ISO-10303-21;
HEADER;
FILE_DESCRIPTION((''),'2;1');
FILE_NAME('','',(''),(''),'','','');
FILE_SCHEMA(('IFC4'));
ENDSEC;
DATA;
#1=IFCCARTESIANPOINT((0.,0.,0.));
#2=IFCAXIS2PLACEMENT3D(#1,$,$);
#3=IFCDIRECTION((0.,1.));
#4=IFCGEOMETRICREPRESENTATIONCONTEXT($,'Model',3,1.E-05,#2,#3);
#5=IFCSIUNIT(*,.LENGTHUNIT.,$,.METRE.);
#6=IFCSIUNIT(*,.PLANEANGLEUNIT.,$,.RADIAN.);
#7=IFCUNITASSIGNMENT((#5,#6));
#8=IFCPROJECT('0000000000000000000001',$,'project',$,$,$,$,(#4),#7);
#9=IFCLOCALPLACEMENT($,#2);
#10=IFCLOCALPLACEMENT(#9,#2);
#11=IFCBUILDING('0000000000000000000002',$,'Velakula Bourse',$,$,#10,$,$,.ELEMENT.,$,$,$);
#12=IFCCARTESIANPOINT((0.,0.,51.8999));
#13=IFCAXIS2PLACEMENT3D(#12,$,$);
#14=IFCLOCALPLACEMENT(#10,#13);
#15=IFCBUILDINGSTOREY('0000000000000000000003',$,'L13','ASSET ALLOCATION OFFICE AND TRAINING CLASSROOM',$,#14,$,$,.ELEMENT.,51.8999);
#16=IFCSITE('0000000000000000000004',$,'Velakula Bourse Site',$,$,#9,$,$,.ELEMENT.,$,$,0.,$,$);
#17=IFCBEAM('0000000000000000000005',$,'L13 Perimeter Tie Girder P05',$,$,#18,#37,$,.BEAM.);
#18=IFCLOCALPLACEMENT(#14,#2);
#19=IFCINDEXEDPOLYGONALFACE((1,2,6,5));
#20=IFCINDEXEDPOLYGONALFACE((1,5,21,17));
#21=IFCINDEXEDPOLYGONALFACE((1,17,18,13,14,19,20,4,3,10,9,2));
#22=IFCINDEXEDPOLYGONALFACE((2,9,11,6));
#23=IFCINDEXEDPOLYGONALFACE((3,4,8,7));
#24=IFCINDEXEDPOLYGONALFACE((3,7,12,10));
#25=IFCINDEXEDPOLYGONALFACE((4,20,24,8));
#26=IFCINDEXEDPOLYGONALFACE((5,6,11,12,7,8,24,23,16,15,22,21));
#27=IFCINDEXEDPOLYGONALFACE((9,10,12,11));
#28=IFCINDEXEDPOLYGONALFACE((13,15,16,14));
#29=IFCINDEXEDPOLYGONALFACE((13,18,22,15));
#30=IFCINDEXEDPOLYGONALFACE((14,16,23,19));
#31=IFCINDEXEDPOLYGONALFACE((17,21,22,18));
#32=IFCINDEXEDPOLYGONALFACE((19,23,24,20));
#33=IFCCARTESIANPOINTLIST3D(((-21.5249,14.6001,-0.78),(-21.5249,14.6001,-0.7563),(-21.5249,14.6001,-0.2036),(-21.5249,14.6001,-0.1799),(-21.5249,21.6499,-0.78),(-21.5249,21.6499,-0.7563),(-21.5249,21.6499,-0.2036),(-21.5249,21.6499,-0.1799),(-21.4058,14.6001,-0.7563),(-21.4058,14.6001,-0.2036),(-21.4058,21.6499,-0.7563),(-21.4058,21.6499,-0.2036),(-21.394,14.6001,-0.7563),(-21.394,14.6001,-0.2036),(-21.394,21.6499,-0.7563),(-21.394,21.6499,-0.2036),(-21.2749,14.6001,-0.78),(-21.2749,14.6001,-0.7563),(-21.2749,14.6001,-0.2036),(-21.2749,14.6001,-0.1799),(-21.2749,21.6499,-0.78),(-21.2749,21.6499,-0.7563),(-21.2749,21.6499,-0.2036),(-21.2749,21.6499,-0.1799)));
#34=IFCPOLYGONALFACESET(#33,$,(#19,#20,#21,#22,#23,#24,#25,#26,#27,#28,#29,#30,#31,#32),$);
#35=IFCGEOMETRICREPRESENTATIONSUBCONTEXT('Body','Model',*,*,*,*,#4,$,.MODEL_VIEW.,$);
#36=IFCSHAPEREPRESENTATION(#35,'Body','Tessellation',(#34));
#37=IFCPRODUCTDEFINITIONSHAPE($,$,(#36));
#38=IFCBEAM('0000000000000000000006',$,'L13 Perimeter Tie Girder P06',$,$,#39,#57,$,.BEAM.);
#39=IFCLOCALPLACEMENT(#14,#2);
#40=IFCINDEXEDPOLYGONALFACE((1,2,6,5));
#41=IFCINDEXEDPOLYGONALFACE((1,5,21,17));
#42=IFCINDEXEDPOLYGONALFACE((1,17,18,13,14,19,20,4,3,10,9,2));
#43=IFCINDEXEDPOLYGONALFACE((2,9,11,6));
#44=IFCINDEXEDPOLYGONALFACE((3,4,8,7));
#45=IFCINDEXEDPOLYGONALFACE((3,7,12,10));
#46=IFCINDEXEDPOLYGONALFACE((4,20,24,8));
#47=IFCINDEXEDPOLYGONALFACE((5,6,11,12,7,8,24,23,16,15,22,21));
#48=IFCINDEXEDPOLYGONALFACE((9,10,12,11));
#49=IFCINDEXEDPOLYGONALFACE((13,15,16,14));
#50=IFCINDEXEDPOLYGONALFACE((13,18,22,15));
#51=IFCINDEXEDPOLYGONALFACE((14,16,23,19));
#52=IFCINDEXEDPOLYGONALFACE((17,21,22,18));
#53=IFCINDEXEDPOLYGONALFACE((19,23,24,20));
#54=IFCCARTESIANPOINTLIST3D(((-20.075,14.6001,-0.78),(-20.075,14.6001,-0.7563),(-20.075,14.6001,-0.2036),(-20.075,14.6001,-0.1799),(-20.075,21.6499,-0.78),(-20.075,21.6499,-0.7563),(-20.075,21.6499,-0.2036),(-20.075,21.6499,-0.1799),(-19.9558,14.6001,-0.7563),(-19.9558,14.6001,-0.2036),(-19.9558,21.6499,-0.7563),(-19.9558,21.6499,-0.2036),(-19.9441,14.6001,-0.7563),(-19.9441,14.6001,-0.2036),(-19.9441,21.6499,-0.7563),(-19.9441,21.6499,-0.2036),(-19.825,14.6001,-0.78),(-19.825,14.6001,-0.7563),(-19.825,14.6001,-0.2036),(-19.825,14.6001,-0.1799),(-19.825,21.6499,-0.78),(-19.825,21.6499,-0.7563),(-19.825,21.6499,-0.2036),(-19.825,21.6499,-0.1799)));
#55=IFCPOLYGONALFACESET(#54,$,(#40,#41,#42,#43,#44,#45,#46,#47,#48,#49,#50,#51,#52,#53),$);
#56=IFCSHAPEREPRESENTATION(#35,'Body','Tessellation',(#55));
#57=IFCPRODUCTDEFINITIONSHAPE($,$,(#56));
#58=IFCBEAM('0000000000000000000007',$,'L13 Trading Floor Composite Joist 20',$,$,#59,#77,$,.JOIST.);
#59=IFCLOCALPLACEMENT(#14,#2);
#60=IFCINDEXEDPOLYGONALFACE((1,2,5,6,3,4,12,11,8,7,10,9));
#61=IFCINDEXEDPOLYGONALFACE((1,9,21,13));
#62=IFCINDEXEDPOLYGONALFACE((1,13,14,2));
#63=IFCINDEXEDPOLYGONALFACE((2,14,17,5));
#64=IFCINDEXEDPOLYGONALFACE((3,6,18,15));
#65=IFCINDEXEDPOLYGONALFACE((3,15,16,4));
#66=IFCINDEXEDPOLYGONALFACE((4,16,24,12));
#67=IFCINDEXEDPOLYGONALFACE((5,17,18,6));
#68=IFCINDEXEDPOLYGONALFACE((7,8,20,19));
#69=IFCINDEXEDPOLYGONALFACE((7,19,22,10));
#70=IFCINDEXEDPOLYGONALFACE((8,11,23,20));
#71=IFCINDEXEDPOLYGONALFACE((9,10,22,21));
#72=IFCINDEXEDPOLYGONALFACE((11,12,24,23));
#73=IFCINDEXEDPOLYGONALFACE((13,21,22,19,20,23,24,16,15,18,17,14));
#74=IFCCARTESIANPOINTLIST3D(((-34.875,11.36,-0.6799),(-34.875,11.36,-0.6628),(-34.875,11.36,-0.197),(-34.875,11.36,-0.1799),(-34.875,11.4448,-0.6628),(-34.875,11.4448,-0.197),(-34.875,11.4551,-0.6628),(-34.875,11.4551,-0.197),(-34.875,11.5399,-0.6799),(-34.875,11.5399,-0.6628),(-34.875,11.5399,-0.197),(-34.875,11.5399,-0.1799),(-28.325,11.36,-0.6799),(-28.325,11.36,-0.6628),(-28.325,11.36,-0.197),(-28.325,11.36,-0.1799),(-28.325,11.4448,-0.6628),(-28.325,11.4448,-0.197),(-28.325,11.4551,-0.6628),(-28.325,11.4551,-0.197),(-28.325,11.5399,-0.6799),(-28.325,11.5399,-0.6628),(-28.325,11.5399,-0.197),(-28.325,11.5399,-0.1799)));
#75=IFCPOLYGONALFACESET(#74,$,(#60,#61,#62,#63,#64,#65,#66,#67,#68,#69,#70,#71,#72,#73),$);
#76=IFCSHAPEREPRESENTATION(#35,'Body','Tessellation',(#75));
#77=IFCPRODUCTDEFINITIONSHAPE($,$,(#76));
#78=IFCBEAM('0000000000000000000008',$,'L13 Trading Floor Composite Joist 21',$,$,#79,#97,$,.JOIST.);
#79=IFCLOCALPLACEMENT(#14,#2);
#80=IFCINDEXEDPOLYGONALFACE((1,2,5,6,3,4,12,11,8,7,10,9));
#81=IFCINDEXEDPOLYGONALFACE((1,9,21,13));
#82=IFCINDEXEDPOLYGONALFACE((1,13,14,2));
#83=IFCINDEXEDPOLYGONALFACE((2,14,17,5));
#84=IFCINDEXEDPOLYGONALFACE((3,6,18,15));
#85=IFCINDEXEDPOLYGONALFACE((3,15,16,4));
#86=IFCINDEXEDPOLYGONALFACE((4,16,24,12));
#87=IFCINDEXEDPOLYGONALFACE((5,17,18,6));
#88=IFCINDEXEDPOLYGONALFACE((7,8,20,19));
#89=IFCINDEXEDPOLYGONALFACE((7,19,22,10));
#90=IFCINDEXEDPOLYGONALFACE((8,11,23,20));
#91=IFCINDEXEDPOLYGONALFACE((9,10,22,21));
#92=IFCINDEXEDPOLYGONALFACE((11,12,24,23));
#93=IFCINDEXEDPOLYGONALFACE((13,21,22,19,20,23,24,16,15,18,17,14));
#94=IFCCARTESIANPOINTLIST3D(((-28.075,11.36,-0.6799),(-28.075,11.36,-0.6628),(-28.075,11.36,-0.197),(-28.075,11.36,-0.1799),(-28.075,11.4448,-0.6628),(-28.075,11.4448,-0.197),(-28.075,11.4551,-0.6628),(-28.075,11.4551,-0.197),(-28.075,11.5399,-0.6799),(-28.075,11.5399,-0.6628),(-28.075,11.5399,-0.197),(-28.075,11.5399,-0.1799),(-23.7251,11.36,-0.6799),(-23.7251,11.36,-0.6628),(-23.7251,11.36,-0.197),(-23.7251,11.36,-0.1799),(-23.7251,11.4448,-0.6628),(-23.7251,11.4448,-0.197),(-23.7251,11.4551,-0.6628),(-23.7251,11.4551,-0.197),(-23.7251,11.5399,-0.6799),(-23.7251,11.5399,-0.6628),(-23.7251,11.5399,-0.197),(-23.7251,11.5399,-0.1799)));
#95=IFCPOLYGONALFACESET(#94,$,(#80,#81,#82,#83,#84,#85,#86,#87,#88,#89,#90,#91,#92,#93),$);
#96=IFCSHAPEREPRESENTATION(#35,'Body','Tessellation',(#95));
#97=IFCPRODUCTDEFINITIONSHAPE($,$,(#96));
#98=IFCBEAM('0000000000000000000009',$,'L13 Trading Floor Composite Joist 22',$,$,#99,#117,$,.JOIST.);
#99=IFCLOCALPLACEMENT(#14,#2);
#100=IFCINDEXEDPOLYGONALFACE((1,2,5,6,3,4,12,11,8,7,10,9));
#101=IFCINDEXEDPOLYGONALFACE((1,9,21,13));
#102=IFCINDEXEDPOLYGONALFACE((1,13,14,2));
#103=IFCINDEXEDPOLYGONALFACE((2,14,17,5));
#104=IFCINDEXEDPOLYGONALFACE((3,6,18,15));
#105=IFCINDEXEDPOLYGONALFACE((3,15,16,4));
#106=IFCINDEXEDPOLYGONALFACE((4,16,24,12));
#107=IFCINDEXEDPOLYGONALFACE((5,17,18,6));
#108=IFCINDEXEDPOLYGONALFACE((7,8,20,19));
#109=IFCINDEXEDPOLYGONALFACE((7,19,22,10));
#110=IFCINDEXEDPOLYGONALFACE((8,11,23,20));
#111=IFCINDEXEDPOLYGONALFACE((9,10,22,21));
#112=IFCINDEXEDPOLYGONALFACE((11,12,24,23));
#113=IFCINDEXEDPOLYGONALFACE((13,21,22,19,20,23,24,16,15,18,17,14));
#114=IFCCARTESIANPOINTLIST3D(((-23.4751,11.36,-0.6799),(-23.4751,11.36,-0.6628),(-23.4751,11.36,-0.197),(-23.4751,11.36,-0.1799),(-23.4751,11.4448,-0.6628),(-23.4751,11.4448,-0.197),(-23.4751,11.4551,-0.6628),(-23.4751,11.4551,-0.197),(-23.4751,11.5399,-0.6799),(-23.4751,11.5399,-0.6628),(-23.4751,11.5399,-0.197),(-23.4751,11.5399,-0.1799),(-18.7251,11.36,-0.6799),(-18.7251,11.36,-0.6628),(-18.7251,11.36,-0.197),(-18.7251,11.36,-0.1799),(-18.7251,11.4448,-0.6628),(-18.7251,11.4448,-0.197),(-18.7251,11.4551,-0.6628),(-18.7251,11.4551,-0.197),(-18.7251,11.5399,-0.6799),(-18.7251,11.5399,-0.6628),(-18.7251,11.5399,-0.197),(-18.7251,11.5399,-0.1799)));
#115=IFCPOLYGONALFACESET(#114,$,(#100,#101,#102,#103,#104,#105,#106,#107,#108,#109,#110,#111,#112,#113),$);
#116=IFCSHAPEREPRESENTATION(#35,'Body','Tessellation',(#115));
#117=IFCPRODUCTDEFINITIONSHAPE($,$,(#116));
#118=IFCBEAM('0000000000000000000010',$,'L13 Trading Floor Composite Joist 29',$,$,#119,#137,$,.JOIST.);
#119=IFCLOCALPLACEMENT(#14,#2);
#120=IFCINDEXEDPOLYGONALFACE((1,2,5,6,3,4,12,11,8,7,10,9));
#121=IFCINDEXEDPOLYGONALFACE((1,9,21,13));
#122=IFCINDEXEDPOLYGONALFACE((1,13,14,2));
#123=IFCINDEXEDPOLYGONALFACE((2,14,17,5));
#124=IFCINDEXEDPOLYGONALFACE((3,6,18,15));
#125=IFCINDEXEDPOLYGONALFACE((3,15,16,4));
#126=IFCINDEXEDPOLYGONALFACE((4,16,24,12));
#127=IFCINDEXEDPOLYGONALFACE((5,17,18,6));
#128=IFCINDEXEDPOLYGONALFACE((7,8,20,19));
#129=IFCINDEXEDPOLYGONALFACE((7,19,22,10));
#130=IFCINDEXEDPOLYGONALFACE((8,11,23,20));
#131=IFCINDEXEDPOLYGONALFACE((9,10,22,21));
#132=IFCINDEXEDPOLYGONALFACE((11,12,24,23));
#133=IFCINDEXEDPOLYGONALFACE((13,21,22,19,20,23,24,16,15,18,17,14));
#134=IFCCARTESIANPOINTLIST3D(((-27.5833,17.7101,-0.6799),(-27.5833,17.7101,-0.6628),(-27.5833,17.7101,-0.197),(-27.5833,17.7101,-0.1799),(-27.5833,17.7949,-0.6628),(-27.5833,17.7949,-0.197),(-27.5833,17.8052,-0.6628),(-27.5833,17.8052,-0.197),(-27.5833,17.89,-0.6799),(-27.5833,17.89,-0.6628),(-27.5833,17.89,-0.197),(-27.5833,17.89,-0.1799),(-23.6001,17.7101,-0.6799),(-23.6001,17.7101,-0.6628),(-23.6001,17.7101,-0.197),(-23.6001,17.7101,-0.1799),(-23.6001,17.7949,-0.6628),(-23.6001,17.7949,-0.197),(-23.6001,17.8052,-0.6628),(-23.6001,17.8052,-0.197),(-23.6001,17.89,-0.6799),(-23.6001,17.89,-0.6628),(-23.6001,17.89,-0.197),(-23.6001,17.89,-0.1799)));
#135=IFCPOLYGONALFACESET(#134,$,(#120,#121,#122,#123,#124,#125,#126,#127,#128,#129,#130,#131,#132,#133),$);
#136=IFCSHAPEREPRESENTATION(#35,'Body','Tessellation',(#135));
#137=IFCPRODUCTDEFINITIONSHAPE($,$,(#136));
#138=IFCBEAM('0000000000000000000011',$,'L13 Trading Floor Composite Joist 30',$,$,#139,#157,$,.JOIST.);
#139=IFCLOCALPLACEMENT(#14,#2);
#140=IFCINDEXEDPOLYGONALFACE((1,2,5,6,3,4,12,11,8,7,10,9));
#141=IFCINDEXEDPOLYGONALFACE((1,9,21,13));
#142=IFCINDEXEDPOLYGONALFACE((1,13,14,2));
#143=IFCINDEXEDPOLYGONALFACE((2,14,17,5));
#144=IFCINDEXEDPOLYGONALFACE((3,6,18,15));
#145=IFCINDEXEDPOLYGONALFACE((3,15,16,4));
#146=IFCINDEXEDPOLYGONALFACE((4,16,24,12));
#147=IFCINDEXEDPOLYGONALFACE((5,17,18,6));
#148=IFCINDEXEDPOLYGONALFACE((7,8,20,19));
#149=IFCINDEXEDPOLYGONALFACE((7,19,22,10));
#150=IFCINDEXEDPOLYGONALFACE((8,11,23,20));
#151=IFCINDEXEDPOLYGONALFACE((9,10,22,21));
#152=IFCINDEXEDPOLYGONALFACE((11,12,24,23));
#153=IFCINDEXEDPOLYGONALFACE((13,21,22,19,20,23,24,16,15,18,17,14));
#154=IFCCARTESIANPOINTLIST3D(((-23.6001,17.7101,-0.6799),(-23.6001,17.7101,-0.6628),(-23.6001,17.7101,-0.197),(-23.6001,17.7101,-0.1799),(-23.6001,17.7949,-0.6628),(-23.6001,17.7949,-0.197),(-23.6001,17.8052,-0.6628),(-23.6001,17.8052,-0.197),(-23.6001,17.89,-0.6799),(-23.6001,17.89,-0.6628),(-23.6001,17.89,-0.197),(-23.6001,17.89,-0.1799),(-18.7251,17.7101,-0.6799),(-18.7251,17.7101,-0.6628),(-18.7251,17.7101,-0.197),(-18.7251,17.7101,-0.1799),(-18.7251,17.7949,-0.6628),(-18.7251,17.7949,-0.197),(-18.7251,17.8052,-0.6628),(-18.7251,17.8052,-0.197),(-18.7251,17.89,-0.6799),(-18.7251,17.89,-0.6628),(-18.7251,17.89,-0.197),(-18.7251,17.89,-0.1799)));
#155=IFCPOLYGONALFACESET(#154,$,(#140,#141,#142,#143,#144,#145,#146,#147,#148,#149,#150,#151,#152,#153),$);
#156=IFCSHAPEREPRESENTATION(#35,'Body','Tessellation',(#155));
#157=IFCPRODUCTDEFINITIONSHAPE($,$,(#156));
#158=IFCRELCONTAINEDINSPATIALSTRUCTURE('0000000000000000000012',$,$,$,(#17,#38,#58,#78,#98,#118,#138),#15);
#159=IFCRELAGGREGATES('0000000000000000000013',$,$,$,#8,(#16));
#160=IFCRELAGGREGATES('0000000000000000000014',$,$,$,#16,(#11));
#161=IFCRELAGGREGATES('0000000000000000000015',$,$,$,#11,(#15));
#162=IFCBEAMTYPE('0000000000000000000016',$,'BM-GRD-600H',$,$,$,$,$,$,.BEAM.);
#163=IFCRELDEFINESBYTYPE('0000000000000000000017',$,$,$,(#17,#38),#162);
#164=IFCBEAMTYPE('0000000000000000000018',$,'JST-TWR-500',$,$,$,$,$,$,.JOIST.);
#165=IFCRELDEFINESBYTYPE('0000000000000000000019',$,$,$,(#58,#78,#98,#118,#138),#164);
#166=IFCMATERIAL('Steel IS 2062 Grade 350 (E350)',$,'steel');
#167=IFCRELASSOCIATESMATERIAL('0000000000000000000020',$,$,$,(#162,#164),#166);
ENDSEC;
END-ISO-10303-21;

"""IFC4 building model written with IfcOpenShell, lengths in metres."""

from ifc_helpers import new_model, si_unit, direction, frame, origin, origin_2d, place, context, subcontext, project, spatial, i_section, extrude, material, material_profile, profile_set, type_object, element, save


model = new_model("IFC4")

# Units and contexts
model_context = context("Model", 3, precision=1e-05, world=origin(), true_north=direction((0.0, 1.0)))
body_context = subcontext(model_context, "Body", "Model", "MODEL_VIEW")
ifc_project = project(units=[si_unit("LENGTHUNIT", "METRE"), si_unit("PLANEANGLEUNIT", "RADIAN")], contexts=[model_context])

# Site, building, storey
site_placement = place(None, origin())
site = spatial("IfcSite", under=ifc_project, at=site_placement, Name="Velakula Bourse Site", CompositionType="ELEMENT", RefElevation=0.0)
building_placement = place(site_placement, origin())
building = spatial("IfcBuilding", under=site, at=building_placement, Name="Velakula Bourse", CompositionType="ELEMENT")
storey_placement = place(building_placement, frame((0.0, 0.0, 51.8999)))
storey = spatial("IfcBuildingStorey", under=building, at=storey_placement, Name="L13", Description="ASSET ALLOCATION OFFICE AND TRAINING CLASSROOM", CompositionType="ELEMENT", Elevation=51.8999)

# Beams
ifc_material_1 = material(Name="Steel IS 2062 Grade 350 (E350)", Category="steel")
ifc_material_profile_1 = material_profile(ifc_material_1, i_section(OverallWidth=0.25, OverallDepth=0.6001, WebThickness=0.0117, FlangeThickness=0.0237, at=origin_2d()), Name="Steel IS 2062 Grade 350 (E350)")
ifc_profile_set_1 = profile_set([ifc_material_profile_1], Name="Steel IS 2062 Grade 350 (E350)")
beam_type_1 = type_object("IfcBeamType", Name="BM-GRD-600H", PredefinedType="BEAM", material=ifc_profile_set_1)
for number, where, z_axis, x_axis, name in (
    (1, (-21.3999, 14.6001, -0.48), (0.0, 1.0, 0.0), (-1.0, 0.0, 0.0), "L13 Perimeter Tie Girder P05"),
    (2, (-19.95, 14.6001, -0.48), (0.0, 1.0, 0.0), (-1.0, 0.0, 0.0), "L13 Perimeter Tie Girder P06"),
):
    element("IfcBeam", number, at=place(storey_placement, frame(where, z_axis=z_axis, x_axis=x_axis)), inside=storey, type_object=beam_type_1, Name=name, PredefinedType="BEAM", context=body_context, shape_type="SweptSolid", body=[
        extrude(i_section(OverallWidth=0.25, OverallDepth=0.6001, WebThickness=0.0117, FlangeThickness=0.0237, at=origin_2d()), origin(), (0.0, 0.0, 1.0), 7.0498),
    ])
ifc_material_profile_2 = material_profile(ifc_material_1, i_section(OverallWidth=0.1799, OverallDepth=0.5, WebThickness=0.0103, FlangeThickness=0.0171, at=origin_2d()), Name="Steel IS 2062 Grade 350 (E350)")
ifc_profile_set_2 = profile_set([ifc_material_profile_2], Name="Steel IS 2062 Grade 350 (E350)")
beam_type_2 = type_object("IfcBeamType", Name="JST-TWR-500", PredefinedType="JOIST", material=ifc_profile_set_2)
beam_1_placement = place(storey_placement, frame((-34.875, 11.45, -0.4299), z_axis=(1.0, 0.0, 0.0), x_axis=(0.0, 1.0, 0.0)))
element("IfcBeam", 3, at=beam_1_placement, inside=storey, type_object=beam_type_2, Name="L13 Trading Floor Composite Joist 20", PredefinedType="JOIST", context=body_context, shape_type="SweptSolid", body=[
    extrude(i_section(OverallWidth=0.1799, OverallDepth=0.5, WebThickness=0.0103, FlangeThickness=0.0171, at=origin_2d()), origin(), (0.0, 0.0, 1.0), 6.55),
])
beam_2_placement = place(storey_placement, frame((-28.075, 11.45, -0.4299), z_axis=(1.0, 0.0, 0.0), x_axis=(0.0, 1.0, 0.0)))
element("IfcBeam", 4, at=beam_2_placement, inside=storey, type_object=beam_type_2, Name="L13 Trading Floor Composite Joist 21", PredefinedType="JOIST", context=body_context, shape_type="SweptSolid", body=[
    extrude(i_section(OverallWidth=0.1799, OverallDepth=0.5, WebThickness=0.0103, FlangeThickness=0.0171, at=origin_2d()), origin(), (0.0, 0.0, 1.0), 4.3499),
])
beam_3_placement = place(storey_placement, frame((-23.4751, 11.45, -0.4299), z_axis=(1.0, 0.0, 0.0), x_axis=(0.0, 1.0, 0.0)))
element("IfcBeam", 5, at=beam_3_placement, inside=storey, type_object=beam_type_2, Name="L13 Trading Floor Composite Joist 22", PredefinedType="JOIST", context=body_context, shape_type="SweptSolid", body=[
    extrude(i_section(OverallWidth=0.1799, OverallDepth=0.5, WebThickness=0.0103, FlangeThickness=0.0171, at=origin_2d()), origin(), (0.0, 0.0, 1.0), 4.75),
])
beam_4_placement = place(storey_placement, frame((-27.5833, 17.8, -0.4299), z_axis=(1.0, 0.0, 0.0), x_axis=(0.0, 1.0, 0.0)))
element("IfcBeam", 6, at=beam_4_placement, inside=storey, type_object=beam_type_2, Name="L13 Trading Floor Composite Joist 29", PredefinedType="JOIST", context=body_context, shape_type="SweptSolid", body=[
    extrude(i_section(OverallWidth=0.1799, OverallDepth=0.5, WebThickness=0.0103, FlangeThickness=0.0171, at=origin_2d()), origin(), (0.0, 0.0, 1.0), 3.9832),
])
beam_5_placement = place(storey_placement, frame((-23.6001, 17.8, -0.4299), z_axis=(1.0, 0.0, 0.0), x_axis=(0.0, 1.0, 0.0)))
element("IfcBeam", 7, at=beam_5_placement, inside=storey, type_object=beam_type_2, Name="L13 Trading Floor Composite Joist 30", PredefinedType="JOIST", context=body_context, shape_type="SweptSolid", body=[
    extrude(i_section(OverallWidth=0.1799, OverallDepth=0.5, WebThickness=0.0103, FlangeThickness=0.0171, at=origin_2d()), origin(), (0.0, 0.0, 1.0), 4.875),
])

save(model, "model.ifc")
